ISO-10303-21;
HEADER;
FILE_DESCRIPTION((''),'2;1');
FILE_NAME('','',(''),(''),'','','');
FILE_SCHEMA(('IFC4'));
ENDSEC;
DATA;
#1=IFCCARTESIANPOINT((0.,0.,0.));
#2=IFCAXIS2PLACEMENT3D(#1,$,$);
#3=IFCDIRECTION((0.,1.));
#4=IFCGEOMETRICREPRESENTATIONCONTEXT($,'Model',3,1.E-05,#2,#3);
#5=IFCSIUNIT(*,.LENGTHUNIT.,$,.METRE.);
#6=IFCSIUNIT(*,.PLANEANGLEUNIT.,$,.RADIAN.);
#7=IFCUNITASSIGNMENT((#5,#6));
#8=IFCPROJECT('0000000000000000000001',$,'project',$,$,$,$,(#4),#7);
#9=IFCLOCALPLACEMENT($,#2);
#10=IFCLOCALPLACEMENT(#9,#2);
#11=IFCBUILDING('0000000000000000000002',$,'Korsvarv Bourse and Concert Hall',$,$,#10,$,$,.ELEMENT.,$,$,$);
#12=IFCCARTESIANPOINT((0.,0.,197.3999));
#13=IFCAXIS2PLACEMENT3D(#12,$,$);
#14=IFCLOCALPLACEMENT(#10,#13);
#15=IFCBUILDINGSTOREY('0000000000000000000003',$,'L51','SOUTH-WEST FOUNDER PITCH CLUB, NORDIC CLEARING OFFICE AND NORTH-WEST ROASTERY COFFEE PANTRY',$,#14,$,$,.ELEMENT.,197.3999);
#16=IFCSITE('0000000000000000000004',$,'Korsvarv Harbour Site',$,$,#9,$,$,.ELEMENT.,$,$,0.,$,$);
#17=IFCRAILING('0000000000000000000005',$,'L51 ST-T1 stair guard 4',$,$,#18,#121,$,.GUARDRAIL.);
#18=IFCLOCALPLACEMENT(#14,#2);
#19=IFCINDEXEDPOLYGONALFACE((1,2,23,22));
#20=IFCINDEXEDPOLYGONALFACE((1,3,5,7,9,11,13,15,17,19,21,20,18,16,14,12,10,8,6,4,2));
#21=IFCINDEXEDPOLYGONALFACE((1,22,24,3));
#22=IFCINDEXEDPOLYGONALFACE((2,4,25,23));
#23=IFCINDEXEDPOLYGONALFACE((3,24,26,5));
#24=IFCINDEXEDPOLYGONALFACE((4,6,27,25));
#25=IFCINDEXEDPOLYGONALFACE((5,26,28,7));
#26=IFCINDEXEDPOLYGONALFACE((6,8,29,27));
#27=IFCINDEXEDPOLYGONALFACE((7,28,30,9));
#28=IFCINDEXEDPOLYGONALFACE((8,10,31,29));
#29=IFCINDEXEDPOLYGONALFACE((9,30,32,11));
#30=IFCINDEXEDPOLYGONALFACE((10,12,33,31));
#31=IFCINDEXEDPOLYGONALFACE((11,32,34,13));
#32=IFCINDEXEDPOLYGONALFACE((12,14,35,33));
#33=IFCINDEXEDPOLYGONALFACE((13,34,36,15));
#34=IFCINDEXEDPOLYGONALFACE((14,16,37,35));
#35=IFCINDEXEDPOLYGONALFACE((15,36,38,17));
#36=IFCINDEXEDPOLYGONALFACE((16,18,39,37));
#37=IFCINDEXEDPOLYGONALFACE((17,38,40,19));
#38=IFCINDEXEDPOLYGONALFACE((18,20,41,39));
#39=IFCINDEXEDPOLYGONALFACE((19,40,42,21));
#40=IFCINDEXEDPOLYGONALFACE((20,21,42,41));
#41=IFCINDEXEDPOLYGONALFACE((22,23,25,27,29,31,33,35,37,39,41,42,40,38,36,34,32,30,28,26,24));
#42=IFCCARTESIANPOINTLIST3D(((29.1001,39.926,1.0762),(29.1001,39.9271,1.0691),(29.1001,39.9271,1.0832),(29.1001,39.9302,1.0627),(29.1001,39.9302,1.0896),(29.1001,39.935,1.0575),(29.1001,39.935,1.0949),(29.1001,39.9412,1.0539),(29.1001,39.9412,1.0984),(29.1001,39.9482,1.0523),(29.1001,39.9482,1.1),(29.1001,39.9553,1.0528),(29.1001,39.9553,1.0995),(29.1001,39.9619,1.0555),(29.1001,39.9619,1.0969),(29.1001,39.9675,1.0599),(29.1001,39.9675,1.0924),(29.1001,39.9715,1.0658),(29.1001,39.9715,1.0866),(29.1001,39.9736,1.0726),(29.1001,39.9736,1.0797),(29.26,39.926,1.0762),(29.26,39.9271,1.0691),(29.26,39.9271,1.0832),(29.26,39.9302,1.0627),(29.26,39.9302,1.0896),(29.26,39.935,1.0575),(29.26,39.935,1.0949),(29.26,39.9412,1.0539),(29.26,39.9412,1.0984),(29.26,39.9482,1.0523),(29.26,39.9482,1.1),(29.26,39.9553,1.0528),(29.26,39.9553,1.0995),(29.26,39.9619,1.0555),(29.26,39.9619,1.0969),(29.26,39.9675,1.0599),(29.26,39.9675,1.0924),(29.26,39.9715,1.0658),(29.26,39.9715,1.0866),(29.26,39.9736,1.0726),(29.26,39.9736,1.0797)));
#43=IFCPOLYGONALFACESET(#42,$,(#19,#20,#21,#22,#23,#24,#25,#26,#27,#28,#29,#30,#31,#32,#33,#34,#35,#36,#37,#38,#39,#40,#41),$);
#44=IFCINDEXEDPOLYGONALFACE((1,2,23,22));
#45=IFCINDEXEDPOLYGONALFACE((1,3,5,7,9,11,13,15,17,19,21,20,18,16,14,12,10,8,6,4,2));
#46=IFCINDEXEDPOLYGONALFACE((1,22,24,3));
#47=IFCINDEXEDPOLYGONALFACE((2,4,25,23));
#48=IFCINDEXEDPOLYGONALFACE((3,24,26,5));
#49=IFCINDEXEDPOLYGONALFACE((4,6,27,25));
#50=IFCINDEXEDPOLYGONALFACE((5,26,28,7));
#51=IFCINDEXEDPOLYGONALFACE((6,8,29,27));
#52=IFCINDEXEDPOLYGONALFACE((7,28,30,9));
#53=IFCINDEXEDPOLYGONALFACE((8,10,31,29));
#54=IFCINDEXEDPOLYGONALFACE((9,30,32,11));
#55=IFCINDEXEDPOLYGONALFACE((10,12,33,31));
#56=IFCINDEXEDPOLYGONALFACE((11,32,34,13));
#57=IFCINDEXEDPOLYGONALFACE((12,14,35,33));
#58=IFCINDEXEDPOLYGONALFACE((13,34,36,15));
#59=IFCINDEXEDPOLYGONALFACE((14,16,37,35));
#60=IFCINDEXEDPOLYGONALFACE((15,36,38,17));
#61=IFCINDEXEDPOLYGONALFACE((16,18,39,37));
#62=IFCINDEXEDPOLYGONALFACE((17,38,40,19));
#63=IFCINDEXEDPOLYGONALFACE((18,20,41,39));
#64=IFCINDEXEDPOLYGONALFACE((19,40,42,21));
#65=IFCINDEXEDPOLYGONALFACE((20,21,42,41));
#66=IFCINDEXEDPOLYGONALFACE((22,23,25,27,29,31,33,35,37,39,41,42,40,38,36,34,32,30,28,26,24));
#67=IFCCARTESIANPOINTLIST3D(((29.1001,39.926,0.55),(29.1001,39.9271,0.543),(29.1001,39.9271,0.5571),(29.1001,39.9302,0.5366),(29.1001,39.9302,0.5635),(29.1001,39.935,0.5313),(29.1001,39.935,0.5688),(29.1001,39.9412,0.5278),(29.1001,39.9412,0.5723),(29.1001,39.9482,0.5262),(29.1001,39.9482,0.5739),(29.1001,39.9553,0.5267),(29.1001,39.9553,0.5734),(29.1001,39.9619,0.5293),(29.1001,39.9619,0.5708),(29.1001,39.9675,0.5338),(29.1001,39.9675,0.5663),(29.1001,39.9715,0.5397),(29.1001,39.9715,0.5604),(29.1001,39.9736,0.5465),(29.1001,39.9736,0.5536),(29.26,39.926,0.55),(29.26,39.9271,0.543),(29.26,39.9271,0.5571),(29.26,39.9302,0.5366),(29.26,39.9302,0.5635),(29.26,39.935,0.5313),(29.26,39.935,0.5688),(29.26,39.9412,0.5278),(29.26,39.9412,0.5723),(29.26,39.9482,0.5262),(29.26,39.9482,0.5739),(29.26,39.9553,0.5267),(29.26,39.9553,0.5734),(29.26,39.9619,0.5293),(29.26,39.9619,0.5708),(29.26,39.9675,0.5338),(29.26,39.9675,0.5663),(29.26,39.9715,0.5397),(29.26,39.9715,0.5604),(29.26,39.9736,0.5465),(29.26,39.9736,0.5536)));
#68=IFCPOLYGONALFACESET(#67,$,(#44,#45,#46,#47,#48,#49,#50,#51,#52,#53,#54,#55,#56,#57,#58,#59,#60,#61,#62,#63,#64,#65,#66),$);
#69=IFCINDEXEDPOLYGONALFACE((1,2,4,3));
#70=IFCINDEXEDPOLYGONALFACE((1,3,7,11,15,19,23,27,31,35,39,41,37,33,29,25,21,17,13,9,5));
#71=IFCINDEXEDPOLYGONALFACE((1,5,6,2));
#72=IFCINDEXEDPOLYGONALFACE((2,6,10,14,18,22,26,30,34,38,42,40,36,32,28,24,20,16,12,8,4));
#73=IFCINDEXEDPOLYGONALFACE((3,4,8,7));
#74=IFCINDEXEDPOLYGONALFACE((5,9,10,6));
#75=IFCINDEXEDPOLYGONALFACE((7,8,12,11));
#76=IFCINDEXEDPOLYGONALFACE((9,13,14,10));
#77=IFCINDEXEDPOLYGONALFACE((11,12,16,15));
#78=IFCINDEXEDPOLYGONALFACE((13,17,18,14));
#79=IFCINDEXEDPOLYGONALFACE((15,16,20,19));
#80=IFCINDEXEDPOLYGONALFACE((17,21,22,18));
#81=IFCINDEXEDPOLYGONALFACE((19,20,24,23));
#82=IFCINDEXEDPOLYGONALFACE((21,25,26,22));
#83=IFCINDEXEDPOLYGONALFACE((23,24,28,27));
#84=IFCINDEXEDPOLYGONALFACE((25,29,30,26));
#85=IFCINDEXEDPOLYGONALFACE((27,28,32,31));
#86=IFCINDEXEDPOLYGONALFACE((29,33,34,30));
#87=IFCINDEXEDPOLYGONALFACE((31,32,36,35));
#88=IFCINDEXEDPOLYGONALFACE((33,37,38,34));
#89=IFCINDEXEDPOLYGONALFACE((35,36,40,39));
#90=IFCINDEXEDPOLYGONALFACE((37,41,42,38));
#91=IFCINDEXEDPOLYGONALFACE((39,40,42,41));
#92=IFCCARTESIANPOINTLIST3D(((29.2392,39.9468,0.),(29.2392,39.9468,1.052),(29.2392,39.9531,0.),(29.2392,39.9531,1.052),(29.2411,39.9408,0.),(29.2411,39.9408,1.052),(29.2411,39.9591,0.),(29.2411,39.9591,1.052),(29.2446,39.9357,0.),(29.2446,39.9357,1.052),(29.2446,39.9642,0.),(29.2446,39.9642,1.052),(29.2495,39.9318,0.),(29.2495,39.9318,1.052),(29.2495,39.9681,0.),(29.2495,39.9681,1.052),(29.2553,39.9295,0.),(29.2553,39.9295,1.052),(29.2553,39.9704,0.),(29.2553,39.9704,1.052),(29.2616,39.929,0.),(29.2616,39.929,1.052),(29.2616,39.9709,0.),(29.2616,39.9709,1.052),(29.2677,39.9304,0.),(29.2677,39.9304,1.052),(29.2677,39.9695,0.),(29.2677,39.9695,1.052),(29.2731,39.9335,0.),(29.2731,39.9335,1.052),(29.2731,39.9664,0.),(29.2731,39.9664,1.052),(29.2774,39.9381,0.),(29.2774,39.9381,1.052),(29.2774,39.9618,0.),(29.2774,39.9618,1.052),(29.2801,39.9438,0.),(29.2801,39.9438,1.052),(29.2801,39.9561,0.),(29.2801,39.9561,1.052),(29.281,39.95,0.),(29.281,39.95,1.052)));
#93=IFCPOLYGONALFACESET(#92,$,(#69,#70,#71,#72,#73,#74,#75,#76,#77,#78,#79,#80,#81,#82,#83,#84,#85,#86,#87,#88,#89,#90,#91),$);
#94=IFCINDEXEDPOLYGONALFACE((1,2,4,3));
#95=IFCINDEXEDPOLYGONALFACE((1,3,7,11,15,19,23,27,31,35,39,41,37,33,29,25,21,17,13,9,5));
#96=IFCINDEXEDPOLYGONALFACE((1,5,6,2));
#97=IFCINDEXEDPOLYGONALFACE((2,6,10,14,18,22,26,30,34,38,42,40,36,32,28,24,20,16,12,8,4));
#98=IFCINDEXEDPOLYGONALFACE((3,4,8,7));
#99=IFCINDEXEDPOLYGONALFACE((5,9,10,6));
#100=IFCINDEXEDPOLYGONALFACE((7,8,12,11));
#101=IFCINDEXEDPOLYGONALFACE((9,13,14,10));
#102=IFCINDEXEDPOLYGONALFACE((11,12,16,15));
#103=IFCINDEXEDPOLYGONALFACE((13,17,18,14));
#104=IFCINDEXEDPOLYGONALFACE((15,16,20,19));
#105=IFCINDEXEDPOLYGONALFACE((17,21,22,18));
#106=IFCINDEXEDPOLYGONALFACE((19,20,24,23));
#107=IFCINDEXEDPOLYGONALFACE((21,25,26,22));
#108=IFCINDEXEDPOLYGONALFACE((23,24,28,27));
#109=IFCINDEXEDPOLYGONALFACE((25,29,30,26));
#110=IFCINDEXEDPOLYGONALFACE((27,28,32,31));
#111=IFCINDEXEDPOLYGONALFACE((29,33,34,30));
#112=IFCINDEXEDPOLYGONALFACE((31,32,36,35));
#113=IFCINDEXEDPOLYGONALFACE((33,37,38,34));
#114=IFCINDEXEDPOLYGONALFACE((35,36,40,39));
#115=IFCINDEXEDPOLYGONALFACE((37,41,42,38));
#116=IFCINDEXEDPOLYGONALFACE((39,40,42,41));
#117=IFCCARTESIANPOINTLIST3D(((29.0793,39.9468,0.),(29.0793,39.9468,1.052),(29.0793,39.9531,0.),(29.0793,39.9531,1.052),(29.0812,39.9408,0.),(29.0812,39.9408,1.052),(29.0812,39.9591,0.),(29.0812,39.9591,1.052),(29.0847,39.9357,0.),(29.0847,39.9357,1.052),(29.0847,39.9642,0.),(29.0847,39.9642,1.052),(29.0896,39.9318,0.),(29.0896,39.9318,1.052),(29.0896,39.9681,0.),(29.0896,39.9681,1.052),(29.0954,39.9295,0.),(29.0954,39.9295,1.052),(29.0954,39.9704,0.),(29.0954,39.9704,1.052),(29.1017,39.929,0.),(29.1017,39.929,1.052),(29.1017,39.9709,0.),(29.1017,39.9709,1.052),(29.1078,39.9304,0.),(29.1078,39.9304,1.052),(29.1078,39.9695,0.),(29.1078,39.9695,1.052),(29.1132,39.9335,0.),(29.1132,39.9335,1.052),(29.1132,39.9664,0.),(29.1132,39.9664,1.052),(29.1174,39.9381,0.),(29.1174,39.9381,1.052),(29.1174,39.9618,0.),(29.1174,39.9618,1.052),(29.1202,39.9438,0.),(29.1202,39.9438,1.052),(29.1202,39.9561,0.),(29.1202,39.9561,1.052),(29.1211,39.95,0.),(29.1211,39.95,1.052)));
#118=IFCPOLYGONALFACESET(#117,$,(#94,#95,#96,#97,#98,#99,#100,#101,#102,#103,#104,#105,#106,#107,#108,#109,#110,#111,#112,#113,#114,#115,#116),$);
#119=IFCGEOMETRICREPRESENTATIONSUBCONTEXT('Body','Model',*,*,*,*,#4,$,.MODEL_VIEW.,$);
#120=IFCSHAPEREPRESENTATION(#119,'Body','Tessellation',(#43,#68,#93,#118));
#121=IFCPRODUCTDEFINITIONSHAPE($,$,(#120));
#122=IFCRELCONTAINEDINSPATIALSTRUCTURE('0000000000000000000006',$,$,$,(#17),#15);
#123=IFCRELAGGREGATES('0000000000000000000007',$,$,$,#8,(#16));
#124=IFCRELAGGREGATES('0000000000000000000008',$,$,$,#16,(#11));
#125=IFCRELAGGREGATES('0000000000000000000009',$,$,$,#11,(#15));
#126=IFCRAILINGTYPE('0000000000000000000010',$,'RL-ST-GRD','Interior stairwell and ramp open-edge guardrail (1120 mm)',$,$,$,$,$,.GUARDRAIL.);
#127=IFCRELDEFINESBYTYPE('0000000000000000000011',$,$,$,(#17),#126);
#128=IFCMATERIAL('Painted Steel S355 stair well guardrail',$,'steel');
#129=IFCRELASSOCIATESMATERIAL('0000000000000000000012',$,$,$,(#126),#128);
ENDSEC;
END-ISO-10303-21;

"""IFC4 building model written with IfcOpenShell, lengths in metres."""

from ifc_helpers import new_model, si_unit, direction, frame, origin, origin_2d, place, context, subcontext, project, spatial, circle, extrude, material, type_object, element, save


model = new_model("IFC4")

# Units and contexts
model_context = context("Model", 3, precision=1e-05, world=origin(), true_north=direction((0.0, 1.0)))
body_context = subcontext(model_context, "Body", "Model", "MODEL_VIEW")
ifc_project = project(units=[si_unit("LENGTHUNIT", "METRE"), si_unit("PLANEANGLEUNIT", "RADIAN")], contexts=[model_context])

# Site, building, storey
site_placement = place(None, origin())
site = spatial("IfcSite", under=ifc_project, at=site_placement, Name="Korsvarv Harbour Site", CompositionType="ELEMENT", RefElevation=0.0)
building_placement = place(site_placement, origin())
building = spatial("IfcBuilding", under=site, at=building_placement, Name="Korsvarv Bourse and Concert Hall", CompositionType="ELEMENT")
storey_placement = place(building_placement, frame((0.0, 0.0, 197.3999)))
storey = spatial("IfcBuildingStorey", under=building, at=storey_placement, Name="L51", Description="SOUTH-WEST FOUNDER PITCH CLUB, NORDIC CLEARING OFFICE AND NORTH-WEST ROASTERY COFFEE PANTRY", CompositionType="ELEMENT", Elevation=197.3999)

# Railing
ifc_material_1 = material(Name="Painted Steel S355 stair well guardrail", Category="steel")
railing_type_1 = type_object("IfcRailingType", Name="RL-ST-GRD", Description="Interior stairwell and ramp open-edge guardrail (1120 mm)", PredefinedType="GUARDRAIL", material=ifc_material_1)
railing_1_placement = place(storey_placement, frame((29.26, 39.95, 0.0)))
element("IfcRailing", 1, at=railing_1_placement, inside=storey, type_object=railing_type_1, Name="L51 ST-T1 stair guard 4", PredefinedType="GUARDRAIL", context=body_context, shape_type="SweptSolid", body=[
    extrude(circle(Radius=0.0239, at=origin_2d()), frame((0.0, 0.0, 1.0762), z_axis=(-1.0, 0.0, 0.0), x_axis=(0.0, -1.0, 0.0)), (0.0, 0.0, 1.0), 0.1599),
    extrude(circle(Radius=0.0239, at=origin_2d()), frame((0.0, 0.0, 0.55), z_axis=(-1.0, 0.0, 0.0), x_axis=(0.0, -1.0, 0.0)), (0.0, 0.0, 1.0), 0.1599),
    extrude(circle(Radius=0.021, at=origin_2d()), origin(), (0.0, 0.0, 1.0), 1.052),
    extrude(circle(Radius=0.021, at=origin_2d()), frame((-0.1599, 0.0, 0.0)), (0.0, 0.0, 1.0), 1.052),
])

save(model, "model.ifc")
